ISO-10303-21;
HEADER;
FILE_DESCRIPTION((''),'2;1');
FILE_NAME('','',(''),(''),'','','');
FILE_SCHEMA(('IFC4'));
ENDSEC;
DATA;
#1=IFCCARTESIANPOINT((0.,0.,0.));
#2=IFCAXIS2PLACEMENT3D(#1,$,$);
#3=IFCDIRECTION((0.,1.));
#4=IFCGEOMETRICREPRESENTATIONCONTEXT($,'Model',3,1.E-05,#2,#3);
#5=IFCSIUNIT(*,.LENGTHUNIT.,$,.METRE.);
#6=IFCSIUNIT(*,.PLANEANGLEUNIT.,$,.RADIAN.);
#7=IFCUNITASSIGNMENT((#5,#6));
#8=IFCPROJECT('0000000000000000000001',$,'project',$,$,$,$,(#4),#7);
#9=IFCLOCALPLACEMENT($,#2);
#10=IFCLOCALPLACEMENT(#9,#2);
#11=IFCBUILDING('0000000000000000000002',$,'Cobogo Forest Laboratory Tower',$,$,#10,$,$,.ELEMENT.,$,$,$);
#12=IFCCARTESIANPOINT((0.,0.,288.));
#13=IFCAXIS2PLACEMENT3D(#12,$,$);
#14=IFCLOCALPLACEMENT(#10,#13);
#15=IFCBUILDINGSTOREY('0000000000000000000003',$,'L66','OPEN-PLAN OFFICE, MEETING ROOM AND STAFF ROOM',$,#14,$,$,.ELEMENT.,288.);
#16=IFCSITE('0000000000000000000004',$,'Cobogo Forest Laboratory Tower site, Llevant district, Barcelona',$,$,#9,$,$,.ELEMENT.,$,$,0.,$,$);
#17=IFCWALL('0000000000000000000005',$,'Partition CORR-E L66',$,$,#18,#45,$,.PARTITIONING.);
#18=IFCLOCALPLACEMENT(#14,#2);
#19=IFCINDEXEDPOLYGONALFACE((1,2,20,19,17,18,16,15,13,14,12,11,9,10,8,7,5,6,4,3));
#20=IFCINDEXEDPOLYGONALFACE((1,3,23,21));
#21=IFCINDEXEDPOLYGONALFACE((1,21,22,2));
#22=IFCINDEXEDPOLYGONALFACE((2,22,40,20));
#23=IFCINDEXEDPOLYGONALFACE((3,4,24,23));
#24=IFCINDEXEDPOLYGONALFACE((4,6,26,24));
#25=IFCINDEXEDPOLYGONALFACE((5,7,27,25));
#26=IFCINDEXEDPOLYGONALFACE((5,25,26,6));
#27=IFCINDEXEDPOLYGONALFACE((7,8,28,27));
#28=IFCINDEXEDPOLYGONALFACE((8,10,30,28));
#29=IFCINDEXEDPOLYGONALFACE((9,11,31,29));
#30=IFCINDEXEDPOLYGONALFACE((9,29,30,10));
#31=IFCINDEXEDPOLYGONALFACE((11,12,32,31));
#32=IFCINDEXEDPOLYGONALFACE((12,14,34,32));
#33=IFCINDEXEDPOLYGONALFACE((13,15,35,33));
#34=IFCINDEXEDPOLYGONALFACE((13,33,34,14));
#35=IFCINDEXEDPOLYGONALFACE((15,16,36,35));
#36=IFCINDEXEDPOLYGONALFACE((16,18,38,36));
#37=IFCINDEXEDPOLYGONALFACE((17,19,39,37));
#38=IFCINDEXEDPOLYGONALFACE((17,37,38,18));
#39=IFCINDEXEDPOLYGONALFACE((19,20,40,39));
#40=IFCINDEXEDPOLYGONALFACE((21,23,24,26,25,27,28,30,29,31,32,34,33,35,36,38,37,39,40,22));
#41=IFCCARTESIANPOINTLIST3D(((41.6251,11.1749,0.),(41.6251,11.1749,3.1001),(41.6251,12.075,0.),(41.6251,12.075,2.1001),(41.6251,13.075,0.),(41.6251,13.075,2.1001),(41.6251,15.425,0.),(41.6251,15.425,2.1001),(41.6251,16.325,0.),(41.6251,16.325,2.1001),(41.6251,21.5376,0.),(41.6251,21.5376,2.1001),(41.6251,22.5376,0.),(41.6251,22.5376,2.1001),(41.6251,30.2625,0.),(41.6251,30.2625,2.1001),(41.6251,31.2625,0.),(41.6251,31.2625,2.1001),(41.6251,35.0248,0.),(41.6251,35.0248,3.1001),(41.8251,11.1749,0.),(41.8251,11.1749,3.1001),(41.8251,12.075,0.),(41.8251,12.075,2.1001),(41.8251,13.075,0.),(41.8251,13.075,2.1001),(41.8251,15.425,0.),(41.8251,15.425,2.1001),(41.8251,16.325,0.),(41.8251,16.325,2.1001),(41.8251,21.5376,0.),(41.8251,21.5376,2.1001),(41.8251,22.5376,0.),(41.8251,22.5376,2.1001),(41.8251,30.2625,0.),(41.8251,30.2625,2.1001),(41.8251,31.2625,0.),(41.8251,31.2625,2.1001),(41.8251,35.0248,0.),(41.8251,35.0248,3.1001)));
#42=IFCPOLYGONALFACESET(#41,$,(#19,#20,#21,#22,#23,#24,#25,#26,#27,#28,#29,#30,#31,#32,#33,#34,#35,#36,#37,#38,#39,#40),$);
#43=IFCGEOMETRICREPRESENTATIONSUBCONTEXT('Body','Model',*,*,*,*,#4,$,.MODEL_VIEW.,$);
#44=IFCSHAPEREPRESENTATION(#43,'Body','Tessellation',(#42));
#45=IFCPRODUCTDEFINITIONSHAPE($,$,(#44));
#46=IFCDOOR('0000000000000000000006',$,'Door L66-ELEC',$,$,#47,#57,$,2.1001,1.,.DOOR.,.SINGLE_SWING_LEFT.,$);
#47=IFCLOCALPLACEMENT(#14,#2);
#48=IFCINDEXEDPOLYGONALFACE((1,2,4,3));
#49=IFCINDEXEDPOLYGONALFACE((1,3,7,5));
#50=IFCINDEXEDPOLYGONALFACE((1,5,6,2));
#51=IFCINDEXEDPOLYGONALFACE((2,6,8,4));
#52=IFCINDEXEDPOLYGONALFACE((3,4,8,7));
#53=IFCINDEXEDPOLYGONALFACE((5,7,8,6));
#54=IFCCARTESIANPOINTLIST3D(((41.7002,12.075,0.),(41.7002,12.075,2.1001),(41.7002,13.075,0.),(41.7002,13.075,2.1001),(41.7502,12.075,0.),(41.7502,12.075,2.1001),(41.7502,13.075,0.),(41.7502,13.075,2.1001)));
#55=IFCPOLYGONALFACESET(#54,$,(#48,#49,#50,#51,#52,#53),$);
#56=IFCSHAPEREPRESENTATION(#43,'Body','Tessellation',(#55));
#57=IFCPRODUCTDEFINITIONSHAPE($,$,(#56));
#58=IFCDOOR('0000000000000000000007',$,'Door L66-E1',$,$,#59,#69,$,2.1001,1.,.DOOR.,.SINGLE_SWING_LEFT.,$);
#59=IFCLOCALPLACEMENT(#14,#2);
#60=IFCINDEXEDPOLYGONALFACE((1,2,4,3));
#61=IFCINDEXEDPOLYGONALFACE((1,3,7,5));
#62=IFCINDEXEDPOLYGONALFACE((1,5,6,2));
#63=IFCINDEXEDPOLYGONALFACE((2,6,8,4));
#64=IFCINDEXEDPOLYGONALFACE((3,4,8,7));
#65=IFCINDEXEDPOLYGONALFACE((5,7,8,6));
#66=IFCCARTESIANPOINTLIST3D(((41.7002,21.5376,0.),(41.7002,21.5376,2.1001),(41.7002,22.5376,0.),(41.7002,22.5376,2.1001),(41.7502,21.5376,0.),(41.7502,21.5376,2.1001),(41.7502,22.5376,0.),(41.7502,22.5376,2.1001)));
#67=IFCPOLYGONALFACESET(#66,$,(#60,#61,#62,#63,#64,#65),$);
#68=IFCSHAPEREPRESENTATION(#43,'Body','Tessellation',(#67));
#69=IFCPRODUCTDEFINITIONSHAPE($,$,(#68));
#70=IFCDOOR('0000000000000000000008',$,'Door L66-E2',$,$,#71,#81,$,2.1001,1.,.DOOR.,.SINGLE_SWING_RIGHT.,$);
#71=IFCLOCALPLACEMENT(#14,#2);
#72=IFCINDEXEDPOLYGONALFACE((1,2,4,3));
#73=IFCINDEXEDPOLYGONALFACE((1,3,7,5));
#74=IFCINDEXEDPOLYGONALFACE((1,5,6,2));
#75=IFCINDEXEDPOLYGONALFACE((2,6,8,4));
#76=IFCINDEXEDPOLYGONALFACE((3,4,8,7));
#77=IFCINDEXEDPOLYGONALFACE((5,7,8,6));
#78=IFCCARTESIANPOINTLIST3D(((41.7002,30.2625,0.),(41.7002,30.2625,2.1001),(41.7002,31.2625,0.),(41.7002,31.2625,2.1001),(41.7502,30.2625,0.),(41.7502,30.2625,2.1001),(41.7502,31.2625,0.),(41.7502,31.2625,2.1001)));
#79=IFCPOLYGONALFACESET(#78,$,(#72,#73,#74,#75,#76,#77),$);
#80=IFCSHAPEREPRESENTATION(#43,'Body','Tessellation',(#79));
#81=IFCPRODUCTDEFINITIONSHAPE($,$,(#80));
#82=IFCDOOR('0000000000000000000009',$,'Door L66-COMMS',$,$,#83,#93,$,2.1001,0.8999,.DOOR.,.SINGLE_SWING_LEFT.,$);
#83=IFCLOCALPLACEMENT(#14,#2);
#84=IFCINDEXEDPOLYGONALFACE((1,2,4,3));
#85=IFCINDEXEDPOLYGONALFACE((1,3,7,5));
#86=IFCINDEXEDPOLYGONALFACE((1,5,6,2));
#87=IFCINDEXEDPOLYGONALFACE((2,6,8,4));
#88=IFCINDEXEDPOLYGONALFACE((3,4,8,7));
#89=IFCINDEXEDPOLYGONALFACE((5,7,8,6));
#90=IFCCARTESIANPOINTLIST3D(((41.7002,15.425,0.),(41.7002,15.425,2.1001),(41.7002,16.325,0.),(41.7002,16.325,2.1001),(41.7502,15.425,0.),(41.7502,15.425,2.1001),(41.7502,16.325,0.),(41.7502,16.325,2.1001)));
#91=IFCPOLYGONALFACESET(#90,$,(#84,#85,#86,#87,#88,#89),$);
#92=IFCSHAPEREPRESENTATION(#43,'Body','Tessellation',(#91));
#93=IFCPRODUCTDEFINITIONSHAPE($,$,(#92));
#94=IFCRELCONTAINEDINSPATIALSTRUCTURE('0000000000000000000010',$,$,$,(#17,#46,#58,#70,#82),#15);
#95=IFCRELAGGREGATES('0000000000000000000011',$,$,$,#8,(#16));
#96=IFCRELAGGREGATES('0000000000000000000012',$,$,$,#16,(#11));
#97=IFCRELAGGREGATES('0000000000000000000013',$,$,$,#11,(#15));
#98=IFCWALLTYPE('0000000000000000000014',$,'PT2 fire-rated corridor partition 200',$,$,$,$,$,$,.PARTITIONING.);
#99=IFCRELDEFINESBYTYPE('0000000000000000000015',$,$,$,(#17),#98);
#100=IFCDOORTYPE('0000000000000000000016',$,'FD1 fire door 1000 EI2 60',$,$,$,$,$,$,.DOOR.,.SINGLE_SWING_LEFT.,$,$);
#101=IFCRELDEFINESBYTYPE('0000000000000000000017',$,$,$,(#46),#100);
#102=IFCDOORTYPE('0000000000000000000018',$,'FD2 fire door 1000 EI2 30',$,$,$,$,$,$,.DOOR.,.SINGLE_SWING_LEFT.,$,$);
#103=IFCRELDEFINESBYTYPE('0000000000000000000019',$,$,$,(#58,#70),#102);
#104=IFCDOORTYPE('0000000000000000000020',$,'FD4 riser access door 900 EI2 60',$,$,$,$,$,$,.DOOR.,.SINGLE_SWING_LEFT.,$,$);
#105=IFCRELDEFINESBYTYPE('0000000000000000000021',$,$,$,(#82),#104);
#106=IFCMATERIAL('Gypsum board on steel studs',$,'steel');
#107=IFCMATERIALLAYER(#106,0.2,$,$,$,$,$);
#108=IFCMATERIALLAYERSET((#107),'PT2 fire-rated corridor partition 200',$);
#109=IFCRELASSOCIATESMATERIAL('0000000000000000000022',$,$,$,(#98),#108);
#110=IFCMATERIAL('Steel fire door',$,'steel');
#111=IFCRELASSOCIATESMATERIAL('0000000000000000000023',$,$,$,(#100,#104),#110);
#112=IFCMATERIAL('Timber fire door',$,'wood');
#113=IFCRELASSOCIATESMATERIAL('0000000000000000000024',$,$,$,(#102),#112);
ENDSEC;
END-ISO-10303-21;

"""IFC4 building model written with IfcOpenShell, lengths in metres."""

from ifc_helpers import new_model, si_unit, direction, frame, frame_2d, origin, place, context, subcontext, project, spatial, rectangle, extrude, material, layer, layer_set, type_object, element, fill, save


model = new_model("IFC4")

# Units and contexts
model_context = context("Model", 3, precision=1e-05, world=origin(), true_north=direction((0.0, 1.0)))
body_context = subcontext(model_context, "Body", "Model", "MODEL_VIEW")
ifc_project = project(units=[si_unit("LENGTHUNIT", "METRE"), si_unit("PLANEANGLEUNIT", "RADIAN")], contexts=[model_context])

# Site, building, storey
site_placement = place(None, origin())
site = spatial("IfcSite", under=ifc_project, at=site_placement, Name="Cobogo Forest Laboratory Tower site, Llevant district, Barcelona", CompositionType="ELEMENT", RefElevation=0.0)
building_placement = place(site_placement, origin())
building = spatial("IfcBuilding", under=site, at=building_placement, Name="Cobogo Forest Laboratory Tower", CompositionType="ELEMENT")
storey_placement = place(building_placement, frame((0.0, 0.0, 288.0)))
storey = spatial("IfcBuildingStorey", under=building, at=storey_placement, Name="L66", Description="OPEN-PLAN OFFICE, MEETING ROOM AND STAFF ROOM", CompositionType="ELEMENT", Elevation=288.0)

# Shared definitions
ifc_material_1 = material(Name="Gypsum board on steel studs", Category="steel")

# Wall, openings, doors
ifc_layer_1 = layer(ifc_material_1, 0.2)
ifc_layer_set_1 = layer_set([ifc_layer_1], Name="PT2 fire-rated corridor partition 200")
wall_type_1 = type_object("IfcWallType", Name="PT2 fire-rated corridor partition 200", PredefinedType="PARTITIONING", material=ifc_layer_set_1)
wall_1_placement = place(storey_placement, frame((41.7251, 11.175, 0.0), z_axis=(0.0, 0.0, 1.0), x_axis=(0.0, 1.0, 0.0)))
wall_1 = element("IfcWall", 1, at=wall_1_placement, inside=storey, type_object=wall_type_1, Name="Partition CORR-E L66", PredefinedType="PARTITIONING", context=body_context, shape_type="SweptSolid", body=[
    extrude(rectangle(XDim=23.8499, YDim=0.2, at=frame_2d((11.9248, 0.0))), origin(), (0.0, 0.0, 1.0), 3.1001),
])
opening_1_placement = place(wall_1_placement, frame((0.8999, 0.0, 0.0)))
opening_1 = element("IfcOpeningElement", 2, at=opening_1_placement, cuts=wall_1, PredefinedType="OPENING", context=body_context, shape_type="SweptSolid", body=[
    extrude(rectangle(XDim=1.0, YDim=2.1001, at=frame_2d((0.5, 1.05))), frame((0.0, 0.1099, 0.0), z_axis=(0.0, -1.0, 0.0), x_axis=(1.0, 0.0, 0.0)), (0.0, 0.0, 1.0), 0.22),
])
opening_2_placement = place(wall_1_placement, frame((4.25, 0.0, 0.0)))
opening_2 = element("IfcOpeningElement", 3, at=opening_2_placement, cuts=wall_1, PredefinedType="OPENING", context=body_context, shape_type="SweptSolid", body=[
    extrude(rectangle(XDim=0.8999, YDim=2.1001, at=frame_2d((0.45, 1.05))), frame((0.0, 0.1099, 0.0), z_axis=(0.0, -1.0, 0.0), x_axis=(1.0, 0.0, 0.0)), (0.0, 0.0, 1.0), 0.22),
])
opening_3_placement = place(wall_1_placement, frame((10.3625, 0.0, 0.0)))
opening_3 = element("IfcOpeningElement", 4, at=opening_3_placement, cuts=wall_1, PredefinedType="OPENING", context=body_context, shape_type="SweptSolid", body=[
    extrude(rectangle(XDim=1.0, YDim=2.1001, at=frame_2d((0.5, 1.05))), frame((0.0, 0.1099, 0.0), z_axis=(0.0, -1.0, 0.0), x_axis=(1.0, 0.0, 0.0)), (0.0, 0.0, 1.0), 0.22),
])
opening_4_placement = place(wall_1_placement, frame((19.0874, 0.0, 0.0)))
opening_4 = element("IfcOpeningElement", 5, at=opening_4_placement, cuts=wall_1, PredefinedType="OPENING", context=body_context, shape_type="SweptSolid", body=[
    extrude(rectangle(XDim=1.0, YDim=2.1001, at=frame_2d((0.5, 1.05))), frame((0.0, 0.1099, 0.0), z_axis=(0.0, -1.0, 0.0), x_axis=(1.0, 0.0, 0.0)), (0.0, 0.0, 1.0), 0.22),
])
ifc_material_2 = material(Name="Steel fire door", Category="steel")
door_type_1 = type_object("IfcDoorType", Name="FD1 fire door 1000 EI2 60", OperationType="SINGLE_SWING_LEFT", PredefinedType="DOOR", material=ifc_material_2)
door_1_placement = place(opening_1_placement, origin())
door_1 = element("IfcDoor", 6, at=door_1_placement, inside=storey, type_object=door_type_1, Name="Door L66-ELEC", OperationType="SINGLE_SWING_LEFT", OverallHeight=2.1001, OverallWidth=1.0, PredefinedType="DOOR", context=body_context, shape_type="SweptSolid", body=[
    extrude(rectangle(XDim=1.0, YDim=2.1001, at=frame_2d((0.5, 1.05))), frame((0.0, 0.0249, 0.0), z_axis=(0.0, -1.0, 0.0), x_axis=(1.0, 0.0, 0.0)), (0.0, 0.0, 1.0), 0.05),
])
fill(opening_1, door_1)
ifc_material_3 = material(Name="Timber fire door", Category="wood")
door_type_2 = type_object("IfcDoorType", Name="FD2 fire door 1000 EI2 30", OperationType="SINGLE_SWING_LEFT", PredefinedType="DOOR", material=ifc_material_3)
door_2_placement = place(opening_3_placement, origin())
door_2 = element("IfcDoor", 7, at=door_2_placement, inside=storey, type_object=door_type_2, Name="Door L66-E1", OperationType="SINGLE_SWING_LEFT", OverallHeight=2.1001, OverallWidth=1.0, PredefinedType="DOOR", context=body_context, shape_type="SweptSolid", body=[
    extrude(rectangle(XDim=1.0, YDim=2.1001, at=frame_2d((0.5, 1.05))), frame((0.0, 0.0249, 0.0), z_axis=(0.0, -1.0, 0.0), x_axis=(1.0, 0.0, 0.0)), (0.0, 0.0, 1.0), 0.05),
])
fill(opening_3, door_2)
door_3_placement = place(opening_4_placement, origin())
door_3 = element("IfcDoor", 8, at=door_3_placement, inside=storey, type_object=door_type_2, Name="Door L66-E2", OperationType="SINGLE_SWING_RIGHT", OverallHeight=2.1001, OverallWidth=1.0, PredefinedType="DOOR", context=body_context, shape_type="SweptSolid", body=[
    extrude(rectangle(XDim=1.0, YDim=2.1001, at=frame_2d((0.5, 1.05))), frame((0.0, 0.0249, 0.0), z_axis=(0.0, -1.0, 0.0), x_axis=(1.0, 0.0, 0.0)), (0.0, 0.0, 1.0), 0.05),
])
fill(opening_4, door_3)
door_type_3 = type_object("IfcDoorType", Name="FD4 riser access door 900 EI2 60", OperationType="SINGLE_SWING_LEFT", PredefinedType="DOOR", material=ifc_material_2)
door_4_placement = place(opening_2_placement, origin())
door_4 = element("IfcDoor", 9, at=door_4_placement, inside=storey, type_object=door_type_3, Name="Door L66-COMMS", OperationType="SINGLE_SWING_LEFT", OverallHeight=2.1001, OverallWidth=0.8999, PredefinedType="DOOR", context=body_context, shape_type="SweptSolid", body=[
    extrude(rectangle(XDim=0.8999, YDim=2.1001, at=frame_2d((0.45, 1.05))), frame((0.0, 0.0249, 0.0), z_axis=(0.0, -1.0, 0.0), x_axis=(1.0, 0.0, 0.0)), (0.0, 0.0, 1.0), 0.05),
])
fill(opening_2, door_4)

save(model, "model.ifc")
